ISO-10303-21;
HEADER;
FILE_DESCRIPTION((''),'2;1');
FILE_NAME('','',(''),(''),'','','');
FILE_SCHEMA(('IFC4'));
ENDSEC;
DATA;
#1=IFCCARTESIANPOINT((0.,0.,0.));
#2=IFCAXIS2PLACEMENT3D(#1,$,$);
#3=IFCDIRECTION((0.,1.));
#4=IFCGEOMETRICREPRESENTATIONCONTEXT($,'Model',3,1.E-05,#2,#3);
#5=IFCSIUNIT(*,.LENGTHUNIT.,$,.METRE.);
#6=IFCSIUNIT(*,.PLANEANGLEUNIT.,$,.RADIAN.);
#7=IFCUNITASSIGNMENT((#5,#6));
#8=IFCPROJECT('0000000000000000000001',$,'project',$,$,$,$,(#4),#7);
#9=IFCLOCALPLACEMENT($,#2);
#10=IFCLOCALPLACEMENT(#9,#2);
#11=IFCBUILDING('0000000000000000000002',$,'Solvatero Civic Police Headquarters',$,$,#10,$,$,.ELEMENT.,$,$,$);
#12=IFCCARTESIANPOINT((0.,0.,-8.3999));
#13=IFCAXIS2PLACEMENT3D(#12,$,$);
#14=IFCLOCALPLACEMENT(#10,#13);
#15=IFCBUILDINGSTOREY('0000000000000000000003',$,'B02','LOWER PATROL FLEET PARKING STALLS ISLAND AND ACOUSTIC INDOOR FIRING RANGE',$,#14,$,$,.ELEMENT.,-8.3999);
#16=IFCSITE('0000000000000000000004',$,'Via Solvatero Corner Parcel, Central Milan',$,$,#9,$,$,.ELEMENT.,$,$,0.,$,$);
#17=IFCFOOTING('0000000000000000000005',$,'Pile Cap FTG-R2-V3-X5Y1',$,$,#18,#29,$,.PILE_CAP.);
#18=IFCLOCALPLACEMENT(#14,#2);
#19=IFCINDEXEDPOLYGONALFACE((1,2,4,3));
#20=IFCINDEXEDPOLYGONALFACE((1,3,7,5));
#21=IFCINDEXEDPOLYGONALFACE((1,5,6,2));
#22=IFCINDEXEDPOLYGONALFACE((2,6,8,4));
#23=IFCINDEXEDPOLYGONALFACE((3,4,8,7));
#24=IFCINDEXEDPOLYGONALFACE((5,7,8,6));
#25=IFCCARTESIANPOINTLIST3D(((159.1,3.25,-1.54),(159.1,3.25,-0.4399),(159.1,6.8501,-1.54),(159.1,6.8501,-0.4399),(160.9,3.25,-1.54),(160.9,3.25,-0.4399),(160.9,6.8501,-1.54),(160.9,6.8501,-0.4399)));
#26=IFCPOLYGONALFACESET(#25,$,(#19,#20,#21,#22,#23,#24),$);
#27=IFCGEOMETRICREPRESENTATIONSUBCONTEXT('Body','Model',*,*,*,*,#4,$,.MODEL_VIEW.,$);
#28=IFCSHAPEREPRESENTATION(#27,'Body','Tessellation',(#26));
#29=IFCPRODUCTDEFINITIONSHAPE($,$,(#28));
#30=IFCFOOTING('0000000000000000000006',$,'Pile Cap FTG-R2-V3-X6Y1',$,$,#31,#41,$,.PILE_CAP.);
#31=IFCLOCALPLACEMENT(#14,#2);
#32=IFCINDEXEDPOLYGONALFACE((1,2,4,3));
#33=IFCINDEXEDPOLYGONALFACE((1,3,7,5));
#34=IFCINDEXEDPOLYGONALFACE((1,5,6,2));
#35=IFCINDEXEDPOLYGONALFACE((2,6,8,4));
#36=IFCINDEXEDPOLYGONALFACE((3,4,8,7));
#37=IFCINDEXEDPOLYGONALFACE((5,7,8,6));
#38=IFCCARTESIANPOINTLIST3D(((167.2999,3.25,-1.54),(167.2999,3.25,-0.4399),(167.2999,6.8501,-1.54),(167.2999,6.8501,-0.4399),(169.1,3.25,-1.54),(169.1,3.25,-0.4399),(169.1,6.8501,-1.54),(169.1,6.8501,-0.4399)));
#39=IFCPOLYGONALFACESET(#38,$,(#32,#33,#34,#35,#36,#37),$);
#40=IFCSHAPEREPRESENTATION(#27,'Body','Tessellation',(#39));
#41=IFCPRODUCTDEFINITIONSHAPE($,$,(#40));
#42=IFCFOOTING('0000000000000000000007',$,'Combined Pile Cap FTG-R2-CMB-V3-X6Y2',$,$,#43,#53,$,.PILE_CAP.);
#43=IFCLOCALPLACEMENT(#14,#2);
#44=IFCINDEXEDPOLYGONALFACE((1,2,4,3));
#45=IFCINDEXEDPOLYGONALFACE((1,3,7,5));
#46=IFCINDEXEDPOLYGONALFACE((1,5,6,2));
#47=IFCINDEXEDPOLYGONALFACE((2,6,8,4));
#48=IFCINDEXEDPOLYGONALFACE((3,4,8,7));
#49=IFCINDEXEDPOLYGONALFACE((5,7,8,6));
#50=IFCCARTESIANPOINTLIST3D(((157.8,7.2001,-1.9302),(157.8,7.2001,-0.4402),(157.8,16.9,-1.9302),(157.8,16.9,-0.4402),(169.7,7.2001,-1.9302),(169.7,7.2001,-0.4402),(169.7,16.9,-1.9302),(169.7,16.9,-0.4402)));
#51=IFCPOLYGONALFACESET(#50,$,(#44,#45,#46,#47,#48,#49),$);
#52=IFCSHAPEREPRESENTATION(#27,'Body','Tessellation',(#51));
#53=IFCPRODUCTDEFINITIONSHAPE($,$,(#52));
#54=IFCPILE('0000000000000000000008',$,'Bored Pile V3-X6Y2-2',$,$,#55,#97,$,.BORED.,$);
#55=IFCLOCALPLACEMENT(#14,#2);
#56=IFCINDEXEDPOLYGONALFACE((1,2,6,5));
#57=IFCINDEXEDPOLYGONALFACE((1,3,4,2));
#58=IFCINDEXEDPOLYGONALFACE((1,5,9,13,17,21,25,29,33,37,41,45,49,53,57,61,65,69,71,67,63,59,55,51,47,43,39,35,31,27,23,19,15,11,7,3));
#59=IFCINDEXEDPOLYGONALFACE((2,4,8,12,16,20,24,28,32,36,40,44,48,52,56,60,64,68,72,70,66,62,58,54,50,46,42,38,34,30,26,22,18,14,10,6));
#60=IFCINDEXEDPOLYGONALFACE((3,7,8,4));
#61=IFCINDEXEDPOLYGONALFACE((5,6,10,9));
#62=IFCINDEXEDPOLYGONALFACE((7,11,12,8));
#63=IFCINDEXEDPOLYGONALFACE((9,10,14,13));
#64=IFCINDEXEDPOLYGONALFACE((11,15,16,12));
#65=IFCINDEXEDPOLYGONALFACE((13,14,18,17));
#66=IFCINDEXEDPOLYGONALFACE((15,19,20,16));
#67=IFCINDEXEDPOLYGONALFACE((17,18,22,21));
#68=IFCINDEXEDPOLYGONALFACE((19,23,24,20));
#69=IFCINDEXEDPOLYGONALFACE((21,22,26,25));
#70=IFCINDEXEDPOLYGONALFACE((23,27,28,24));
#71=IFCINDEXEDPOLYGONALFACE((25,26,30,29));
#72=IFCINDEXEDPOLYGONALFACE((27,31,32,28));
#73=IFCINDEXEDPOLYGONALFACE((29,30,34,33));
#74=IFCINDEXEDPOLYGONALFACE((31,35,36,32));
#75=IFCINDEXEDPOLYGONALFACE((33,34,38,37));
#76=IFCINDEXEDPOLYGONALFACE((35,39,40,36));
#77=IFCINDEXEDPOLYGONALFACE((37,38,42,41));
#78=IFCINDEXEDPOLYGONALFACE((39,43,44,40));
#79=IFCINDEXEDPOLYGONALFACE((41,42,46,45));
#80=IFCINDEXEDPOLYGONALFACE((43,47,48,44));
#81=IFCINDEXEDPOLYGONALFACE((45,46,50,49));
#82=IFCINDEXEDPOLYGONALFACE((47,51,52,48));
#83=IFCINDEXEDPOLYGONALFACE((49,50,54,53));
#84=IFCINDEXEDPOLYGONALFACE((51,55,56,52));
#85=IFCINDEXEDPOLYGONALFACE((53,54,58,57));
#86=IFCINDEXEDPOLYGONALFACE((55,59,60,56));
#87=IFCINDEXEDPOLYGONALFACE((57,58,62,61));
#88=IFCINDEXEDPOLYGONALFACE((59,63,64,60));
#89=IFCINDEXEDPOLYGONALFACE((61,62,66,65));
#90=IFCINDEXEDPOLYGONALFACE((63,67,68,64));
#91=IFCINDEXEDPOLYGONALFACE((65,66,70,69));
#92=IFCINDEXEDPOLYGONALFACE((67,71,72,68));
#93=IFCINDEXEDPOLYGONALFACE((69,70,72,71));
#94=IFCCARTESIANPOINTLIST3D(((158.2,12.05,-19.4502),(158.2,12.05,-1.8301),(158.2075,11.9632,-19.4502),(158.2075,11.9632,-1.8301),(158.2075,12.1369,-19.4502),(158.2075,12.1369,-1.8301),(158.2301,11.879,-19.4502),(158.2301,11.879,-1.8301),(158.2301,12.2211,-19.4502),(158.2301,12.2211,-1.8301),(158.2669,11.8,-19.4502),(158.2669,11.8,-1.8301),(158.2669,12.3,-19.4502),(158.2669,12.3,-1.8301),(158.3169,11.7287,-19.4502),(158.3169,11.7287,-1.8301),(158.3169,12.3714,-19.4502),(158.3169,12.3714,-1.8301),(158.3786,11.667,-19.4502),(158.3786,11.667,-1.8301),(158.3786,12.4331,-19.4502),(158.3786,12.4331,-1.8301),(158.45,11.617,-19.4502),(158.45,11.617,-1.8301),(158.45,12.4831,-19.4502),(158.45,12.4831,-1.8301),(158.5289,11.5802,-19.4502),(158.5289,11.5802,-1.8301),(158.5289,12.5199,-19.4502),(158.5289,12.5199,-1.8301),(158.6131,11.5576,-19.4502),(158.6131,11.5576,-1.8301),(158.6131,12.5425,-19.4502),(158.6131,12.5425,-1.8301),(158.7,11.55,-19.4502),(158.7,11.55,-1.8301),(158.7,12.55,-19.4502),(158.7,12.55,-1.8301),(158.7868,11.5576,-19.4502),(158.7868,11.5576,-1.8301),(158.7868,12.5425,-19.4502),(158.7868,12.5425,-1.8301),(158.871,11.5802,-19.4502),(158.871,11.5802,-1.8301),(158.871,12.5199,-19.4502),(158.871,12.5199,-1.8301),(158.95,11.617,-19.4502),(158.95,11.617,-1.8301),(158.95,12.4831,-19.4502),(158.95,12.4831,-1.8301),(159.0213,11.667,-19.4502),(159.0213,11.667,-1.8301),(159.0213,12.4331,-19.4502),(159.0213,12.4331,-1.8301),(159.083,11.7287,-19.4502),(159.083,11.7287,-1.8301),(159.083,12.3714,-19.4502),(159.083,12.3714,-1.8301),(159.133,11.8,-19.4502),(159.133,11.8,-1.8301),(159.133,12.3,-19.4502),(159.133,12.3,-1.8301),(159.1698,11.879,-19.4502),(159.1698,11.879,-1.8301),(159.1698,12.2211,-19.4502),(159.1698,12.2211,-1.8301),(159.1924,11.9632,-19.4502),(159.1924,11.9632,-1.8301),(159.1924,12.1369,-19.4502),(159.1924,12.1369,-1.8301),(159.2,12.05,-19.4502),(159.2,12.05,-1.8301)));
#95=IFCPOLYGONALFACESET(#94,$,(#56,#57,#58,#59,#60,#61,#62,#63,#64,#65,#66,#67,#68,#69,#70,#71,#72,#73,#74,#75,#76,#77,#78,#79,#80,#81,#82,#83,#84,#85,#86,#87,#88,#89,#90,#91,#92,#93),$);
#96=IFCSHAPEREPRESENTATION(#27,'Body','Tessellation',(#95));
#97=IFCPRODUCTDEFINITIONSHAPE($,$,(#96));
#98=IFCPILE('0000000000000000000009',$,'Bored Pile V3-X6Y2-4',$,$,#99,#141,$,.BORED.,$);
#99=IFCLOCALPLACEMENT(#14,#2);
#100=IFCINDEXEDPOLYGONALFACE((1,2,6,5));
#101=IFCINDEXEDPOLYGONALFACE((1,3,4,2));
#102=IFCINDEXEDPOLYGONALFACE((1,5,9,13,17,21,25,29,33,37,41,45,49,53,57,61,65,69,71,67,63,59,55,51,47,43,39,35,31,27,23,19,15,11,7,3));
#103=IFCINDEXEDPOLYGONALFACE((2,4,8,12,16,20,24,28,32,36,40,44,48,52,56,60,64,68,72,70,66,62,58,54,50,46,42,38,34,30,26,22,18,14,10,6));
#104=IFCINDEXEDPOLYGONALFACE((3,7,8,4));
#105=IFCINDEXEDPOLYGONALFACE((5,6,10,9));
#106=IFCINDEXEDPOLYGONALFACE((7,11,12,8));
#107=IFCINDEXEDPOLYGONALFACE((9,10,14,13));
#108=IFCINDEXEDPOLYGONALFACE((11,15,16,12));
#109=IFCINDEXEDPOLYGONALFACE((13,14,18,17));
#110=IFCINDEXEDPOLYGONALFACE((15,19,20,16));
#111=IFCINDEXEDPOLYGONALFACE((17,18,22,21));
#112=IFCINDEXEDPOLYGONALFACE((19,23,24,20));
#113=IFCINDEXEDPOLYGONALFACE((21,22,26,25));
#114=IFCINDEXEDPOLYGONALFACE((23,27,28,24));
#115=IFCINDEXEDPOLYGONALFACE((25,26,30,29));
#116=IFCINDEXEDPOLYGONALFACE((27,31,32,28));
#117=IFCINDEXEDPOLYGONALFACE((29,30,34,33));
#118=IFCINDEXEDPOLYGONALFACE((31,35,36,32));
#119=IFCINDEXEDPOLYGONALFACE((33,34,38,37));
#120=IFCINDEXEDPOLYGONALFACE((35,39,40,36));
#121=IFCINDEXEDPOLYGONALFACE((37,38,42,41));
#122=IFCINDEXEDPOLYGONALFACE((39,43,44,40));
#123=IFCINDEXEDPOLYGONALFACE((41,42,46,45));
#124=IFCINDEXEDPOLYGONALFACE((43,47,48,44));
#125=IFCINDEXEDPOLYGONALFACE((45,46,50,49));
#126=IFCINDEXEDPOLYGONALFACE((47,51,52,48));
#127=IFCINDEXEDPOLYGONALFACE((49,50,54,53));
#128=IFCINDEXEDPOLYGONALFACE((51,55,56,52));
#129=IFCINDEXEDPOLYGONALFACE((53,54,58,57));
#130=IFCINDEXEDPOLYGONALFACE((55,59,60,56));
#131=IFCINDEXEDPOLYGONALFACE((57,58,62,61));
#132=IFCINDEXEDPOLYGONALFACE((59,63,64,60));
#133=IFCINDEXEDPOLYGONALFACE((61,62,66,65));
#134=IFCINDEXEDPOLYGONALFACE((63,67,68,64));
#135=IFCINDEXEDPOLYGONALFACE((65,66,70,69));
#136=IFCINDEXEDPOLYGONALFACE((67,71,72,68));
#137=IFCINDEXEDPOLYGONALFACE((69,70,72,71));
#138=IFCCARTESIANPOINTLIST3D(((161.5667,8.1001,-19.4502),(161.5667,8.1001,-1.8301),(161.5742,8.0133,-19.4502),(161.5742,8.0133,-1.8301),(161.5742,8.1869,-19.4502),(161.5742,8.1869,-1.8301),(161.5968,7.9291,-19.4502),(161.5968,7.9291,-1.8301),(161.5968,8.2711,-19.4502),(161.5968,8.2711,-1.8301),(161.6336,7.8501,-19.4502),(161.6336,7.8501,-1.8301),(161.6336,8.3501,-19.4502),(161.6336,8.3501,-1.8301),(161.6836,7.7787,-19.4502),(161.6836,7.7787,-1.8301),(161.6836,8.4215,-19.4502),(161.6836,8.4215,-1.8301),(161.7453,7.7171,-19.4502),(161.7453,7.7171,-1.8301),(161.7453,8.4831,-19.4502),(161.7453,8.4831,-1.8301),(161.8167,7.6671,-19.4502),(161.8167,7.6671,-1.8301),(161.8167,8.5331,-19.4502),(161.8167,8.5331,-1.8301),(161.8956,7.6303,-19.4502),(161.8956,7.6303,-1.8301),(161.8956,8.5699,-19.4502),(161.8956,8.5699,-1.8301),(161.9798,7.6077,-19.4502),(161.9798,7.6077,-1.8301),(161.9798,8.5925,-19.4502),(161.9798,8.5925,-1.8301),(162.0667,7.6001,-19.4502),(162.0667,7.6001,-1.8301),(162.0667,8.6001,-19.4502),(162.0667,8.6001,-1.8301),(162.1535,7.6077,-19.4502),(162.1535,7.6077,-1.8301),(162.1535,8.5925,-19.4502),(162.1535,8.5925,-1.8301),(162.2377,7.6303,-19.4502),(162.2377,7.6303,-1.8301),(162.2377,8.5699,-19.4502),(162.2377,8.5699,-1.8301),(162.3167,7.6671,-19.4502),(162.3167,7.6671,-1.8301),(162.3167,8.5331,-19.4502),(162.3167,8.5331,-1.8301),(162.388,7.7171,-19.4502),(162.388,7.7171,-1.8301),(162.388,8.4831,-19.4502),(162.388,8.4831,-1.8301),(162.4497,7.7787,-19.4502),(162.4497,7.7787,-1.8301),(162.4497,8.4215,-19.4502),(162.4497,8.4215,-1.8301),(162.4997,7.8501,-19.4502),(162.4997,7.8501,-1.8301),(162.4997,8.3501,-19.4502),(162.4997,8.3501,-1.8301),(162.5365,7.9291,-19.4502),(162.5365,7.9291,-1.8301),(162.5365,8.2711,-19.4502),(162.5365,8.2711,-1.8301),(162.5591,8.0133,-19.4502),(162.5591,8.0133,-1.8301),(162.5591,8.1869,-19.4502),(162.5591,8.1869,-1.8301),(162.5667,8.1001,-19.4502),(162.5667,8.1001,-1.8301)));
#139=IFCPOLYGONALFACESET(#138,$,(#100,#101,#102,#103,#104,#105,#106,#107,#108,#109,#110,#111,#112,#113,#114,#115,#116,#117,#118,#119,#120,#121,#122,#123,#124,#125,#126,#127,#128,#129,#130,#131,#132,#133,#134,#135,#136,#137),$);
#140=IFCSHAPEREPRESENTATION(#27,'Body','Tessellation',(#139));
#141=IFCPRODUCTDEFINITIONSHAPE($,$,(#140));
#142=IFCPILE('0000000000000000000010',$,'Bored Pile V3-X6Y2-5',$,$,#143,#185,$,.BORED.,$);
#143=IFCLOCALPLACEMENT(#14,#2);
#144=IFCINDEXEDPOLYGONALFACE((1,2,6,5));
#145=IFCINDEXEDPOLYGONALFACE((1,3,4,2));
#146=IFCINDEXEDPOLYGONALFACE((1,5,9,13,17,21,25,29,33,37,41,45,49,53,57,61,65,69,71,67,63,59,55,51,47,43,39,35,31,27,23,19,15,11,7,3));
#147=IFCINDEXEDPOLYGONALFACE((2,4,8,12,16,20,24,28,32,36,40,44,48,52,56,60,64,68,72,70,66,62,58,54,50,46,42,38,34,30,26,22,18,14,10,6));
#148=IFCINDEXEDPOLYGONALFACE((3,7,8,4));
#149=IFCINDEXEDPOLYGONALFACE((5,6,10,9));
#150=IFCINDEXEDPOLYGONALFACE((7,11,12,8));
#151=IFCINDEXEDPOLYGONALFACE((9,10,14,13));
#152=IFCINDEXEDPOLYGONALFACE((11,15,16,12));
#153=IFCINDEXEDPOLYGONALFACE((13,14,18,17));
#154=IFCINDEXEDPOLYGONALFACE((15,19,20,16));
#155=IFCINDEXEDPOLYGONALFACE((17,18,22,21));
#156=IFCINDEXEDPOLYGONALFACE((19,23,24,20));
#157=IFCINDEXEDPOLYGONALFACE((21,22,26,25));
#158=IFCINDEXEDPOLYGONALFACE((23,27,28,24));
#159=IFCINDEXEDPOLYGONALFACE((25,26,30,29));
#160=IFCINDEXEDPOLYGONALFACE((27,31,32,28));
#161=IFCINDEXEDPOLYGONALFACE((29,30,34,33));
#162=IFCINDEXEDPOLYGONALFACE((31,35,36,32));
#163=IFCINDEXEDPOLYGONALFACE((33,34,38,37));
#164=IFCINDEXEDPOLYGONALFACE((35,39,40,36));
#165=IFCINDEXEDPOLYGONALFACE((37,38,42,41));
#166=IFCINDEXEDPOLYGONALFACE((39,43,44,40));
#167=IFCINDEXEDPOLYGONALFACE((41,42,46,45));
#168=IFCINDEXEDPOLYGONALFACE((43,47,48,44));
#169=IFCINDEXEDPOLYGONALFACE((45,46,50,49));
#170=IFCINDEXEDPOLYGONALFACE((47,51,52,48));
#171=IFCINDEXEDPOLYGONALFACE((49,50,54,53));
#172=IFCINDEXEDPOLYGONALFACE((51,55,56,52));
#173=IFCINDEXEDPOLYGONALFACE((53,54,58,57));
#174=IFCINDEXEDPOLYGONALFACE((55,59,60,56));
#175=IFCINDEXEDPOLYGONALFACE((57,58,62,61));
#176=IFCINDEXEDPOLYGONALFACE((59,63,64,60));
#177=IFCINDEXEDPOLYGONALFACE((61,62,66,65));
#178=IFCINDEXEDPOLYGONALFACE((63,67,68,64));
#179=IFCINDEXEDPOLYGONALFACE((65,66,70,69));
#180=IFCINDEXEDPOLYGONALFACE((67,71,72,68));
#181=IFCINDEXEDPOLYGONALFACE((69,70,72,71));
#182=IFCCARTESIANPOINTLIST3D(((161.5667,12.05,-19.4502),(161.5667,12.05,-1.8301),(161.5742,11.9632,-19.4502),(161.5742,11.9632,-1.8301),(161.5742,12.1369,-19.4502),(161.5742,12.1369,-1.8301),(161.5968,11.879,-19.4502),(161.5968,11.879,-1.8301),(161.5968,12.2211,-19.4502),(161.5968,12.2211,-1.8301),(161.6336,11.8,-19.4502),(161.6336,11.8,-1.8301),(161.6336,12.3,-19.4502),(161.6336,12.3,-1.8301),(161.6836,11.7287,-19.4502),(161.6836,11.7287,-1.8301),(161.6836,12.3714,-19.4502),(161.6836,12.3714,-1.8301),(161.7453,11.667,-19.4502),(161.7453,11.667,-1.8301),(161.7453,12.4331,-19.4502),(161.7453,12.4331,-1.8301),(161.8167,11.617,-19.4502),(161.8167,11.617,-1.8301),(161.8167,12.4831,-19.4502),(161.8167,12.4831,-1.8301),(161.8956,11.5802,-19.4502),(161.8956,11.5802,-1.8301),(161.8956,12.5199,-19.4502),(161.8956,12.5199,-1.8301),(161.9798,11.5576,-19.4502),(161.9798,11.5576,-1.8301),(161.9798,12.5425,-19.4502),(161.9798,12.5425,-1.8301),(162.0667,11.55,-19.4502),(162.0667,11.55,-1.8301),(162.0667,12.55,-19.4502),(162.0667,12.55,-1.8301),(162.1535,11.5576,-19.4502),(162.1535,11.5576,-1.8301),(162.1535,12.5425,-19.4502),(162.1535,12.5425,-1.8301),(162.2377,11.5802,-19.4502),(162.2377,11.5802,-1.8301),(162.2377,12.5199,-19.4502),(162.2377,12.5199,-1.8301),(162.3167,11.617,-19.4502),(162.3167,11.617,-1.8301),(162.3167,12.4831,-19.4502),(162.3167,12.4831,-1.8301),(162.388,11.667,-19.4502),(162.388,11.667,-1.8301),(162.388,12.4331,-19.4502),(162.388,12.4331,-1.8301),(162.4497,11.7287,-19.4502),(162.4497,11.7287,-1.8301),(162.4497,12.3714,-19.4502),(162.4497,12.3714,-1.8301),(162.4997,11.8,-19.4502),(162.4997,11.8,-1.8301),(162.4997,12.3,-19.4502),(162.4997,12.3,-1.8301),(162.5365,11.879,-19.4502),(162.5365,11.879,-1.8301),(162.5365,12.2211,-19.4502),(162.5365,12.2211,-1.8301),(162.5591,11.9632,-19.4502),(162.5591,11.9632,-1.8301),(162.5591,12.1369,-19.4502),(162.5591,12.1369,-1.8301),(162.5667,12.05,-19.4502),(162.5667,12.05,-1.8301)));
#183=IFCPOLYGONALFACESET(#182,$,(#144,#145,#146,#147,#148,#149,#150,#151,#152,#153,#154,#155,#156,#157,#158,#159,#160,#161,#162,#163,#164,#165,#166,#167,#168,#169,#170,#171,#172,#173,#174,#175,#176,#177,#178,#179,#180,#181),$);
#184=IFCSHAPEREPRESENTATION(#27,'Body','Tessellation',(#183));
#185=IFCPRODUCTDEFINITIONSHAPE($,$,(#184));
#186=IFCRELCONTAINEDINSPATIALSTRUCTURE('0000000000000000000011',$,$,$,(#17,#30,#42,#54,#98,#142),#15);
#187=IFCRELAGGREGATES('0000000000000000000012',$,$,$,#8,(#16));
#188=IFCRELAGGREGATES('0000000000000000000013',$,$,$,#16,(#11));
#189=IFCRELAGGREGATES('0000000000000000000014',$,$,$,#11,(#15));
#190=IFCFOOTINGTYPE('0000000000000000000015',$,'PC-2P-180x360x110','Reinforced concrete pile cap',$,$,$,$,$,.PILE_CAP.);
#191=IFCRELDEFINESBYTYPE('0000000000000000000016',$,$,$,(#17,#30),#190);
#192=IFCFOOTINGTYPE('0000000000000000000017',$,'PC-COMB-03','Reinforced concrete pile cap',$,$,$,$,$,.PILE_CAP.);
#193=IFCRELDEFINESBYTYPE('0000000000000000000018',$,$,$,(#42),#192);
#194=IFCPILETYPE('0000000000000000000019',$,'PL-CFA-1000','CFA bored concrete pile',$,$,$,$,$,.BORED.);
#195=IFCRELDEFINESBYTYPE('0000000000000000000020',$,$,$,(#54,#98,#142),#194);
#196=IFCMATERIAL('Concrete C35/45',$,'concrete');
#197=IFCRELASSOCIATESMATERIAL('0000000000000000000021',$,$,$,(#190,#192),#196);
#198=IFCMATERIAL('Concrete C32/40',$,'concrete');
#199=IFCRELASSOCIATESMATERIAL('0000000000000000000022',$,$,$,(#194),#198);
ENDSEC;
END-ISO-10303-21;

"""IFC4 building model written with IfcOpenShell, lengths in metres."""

from ifc_helpers import new_model, si_unit, direction, frame, origin, origin_2d, place, context, subcontext, project, spatial, rectangle, circle, extrude, material, material_profile, profile_set, type_object, element, save


model = new_model("IFC4")

# Units and contexts
model_context = context("Model", 3, precision=1e-05, world=origin(), true_north=direction((0.0, 1.0)))
body_context = subcontext(model_context, "Body", "Model", "MODEL_VIEW")
ifc_project = project(units=[si_unit("LENGTHUNIT", "METRE"), si_unit("PLANEANGLEUNIT", "RADIAN")], contexts=[model_context])

# Site, building, storey
site_placement = place(None, origin())
site = spatial("IfcSite", under=ifc_project, at=site_placement, Name="Via Solvatero Corner Parcel, Central Milan", CompositionType="ELEMENT", RefElevation=0.0)
building_placement = place(site_placement, origin())
building = spatial("IfcBuilding", under=site, at=building_placement, Name="Solvatero Civic Police Headquarters", CompositionType="ELEMENT")
storey_placement = place(building_placement, frame((0.0, 0.0, -8.3999)))
storey = spatial("IfcBuildingStorey", under=building, at=storey_placement, Name="B02", Description="LOWER PATROL FLEET PARKING STALLS ISLAND AND ACOUSTIC INDOOR FIRING RANGE", CompositionType="ELEMENT", Elevation=-8.3999)

# Footings
ifc_material_1 = material(Name="Concrete C35/45", Category="concrete")
footing_type_1 = type_object("IfcFootingType", Name="PC-2P-180x360x110", Description="Reinforced concrete pile cap", PredefinedType="PILE_CAP", material=ifc_material_1)
for number, where, z_axis, x_axis, name in (
    (1, (160.0, 5.05, -1.54), (0.0, 0.0, 1.0), (1.0, 0.0, 0.0), "Pile Cap FTG-R2-V3-X5Y1"),
    (2, (168.2, 5.05, -1.54), (0.0, 0.0, 1.0), (1.0, 0.0, 0.0), "Pile Cap FTG-R2-V3-X6Y1"),
):
    element("IfcFooting", number, at=place(storey_placement, frame(where, z_axis=z_axis, x_axis=x_axis)), inside=storey, type_object=footing_type_1, Name=name, PredefinedType="PILE_CAP", context=body_context, shape_type="SweptSolid", body=[
        extrude(rectangle(XDim=1.8, YDim=3.6001, at=origin_2d()), origin(), (0.0, 0.0, 1.0), 1.1001),
    ])
footing_type_2 = type_object("IfcFootingType", Name="PC-COMB-03", Description="Reinforced concrete pile cap", PredefinedType="PILE_CAP", material=ifc_material_1)
footing_placement = place(storey_placement, frame((163.75, 12.05, -1.9302), z_axis=(0.0, 0.0, 1.0), x_axis=(1.0, 0.0, 0.0)))
element("IfcFooting", 3, at=footing_placement, inside=storey, type_object=footing_type_2, Name="Combined Pile Cap FTG-R2-CMB-V3-X6Y2", PredefinedType="PILE_CAP", context=body_context, shape_type="SweptSolid", body=[
    extrude(rectangle(XDim=11.8999, YDim=9.7, at=origin_2d()), origin(), (0.0, 0.0, 1.0), 1.49),
])

# Piles
ifc_material_2 = material(Name="Concrete C32/40", Category="concrete")
ifc_material_profile_1 = material_profile(ifc_material_2, circle(Radius=0.5, at=origin_2d()), Name="CFA PILE D1000")
ifc_profile_set_1 = profile_set([ifc_material_profile_1], Name="Concrete C32/40")
pile_type_1 = type_object("IfcPileType", Name="PL-CFA-1000", Description="CFA bored concrete pile", PredefinedType="BORED", material=ifc_profile_set_1)
for number, where, z_axis, x_axis, name in (
    (4, (158.7, 12.05, -1.8301), (0.0, 0.0, -1.0), (1.0, 0.0, 0.0), "Bored Pile V3-X6Y2-2"),
    (5, (162.0667, 8.1001, -1.8301), (0.0, 0.0, -1.0), (1.0, 0.0, 0.0), "Bored Pile V3-X6Y2-4"),
    (6, (162.0667, 12.05, -1.8301), (0.0, 0.0, -1.0), (1.0, 0.0, 0.0), "Bored Pile V3-X6Y2-5"),
):
    element("IfcPile", number, at=place(storey_placement, frame(where, z_axis=z_axis, x_axis=x_axis)), inside=storey, type_object=pile_type_1, Name=name, PredefinedType="BORED", context=body_context, shape_type="SweptSolid", body=[
        extrude(circle(Radius=0.5, at=origin_2d()), origin(), (0.0, 0.0, 1.0), 17.6201),
    ])

save(model, "model.ifc")
